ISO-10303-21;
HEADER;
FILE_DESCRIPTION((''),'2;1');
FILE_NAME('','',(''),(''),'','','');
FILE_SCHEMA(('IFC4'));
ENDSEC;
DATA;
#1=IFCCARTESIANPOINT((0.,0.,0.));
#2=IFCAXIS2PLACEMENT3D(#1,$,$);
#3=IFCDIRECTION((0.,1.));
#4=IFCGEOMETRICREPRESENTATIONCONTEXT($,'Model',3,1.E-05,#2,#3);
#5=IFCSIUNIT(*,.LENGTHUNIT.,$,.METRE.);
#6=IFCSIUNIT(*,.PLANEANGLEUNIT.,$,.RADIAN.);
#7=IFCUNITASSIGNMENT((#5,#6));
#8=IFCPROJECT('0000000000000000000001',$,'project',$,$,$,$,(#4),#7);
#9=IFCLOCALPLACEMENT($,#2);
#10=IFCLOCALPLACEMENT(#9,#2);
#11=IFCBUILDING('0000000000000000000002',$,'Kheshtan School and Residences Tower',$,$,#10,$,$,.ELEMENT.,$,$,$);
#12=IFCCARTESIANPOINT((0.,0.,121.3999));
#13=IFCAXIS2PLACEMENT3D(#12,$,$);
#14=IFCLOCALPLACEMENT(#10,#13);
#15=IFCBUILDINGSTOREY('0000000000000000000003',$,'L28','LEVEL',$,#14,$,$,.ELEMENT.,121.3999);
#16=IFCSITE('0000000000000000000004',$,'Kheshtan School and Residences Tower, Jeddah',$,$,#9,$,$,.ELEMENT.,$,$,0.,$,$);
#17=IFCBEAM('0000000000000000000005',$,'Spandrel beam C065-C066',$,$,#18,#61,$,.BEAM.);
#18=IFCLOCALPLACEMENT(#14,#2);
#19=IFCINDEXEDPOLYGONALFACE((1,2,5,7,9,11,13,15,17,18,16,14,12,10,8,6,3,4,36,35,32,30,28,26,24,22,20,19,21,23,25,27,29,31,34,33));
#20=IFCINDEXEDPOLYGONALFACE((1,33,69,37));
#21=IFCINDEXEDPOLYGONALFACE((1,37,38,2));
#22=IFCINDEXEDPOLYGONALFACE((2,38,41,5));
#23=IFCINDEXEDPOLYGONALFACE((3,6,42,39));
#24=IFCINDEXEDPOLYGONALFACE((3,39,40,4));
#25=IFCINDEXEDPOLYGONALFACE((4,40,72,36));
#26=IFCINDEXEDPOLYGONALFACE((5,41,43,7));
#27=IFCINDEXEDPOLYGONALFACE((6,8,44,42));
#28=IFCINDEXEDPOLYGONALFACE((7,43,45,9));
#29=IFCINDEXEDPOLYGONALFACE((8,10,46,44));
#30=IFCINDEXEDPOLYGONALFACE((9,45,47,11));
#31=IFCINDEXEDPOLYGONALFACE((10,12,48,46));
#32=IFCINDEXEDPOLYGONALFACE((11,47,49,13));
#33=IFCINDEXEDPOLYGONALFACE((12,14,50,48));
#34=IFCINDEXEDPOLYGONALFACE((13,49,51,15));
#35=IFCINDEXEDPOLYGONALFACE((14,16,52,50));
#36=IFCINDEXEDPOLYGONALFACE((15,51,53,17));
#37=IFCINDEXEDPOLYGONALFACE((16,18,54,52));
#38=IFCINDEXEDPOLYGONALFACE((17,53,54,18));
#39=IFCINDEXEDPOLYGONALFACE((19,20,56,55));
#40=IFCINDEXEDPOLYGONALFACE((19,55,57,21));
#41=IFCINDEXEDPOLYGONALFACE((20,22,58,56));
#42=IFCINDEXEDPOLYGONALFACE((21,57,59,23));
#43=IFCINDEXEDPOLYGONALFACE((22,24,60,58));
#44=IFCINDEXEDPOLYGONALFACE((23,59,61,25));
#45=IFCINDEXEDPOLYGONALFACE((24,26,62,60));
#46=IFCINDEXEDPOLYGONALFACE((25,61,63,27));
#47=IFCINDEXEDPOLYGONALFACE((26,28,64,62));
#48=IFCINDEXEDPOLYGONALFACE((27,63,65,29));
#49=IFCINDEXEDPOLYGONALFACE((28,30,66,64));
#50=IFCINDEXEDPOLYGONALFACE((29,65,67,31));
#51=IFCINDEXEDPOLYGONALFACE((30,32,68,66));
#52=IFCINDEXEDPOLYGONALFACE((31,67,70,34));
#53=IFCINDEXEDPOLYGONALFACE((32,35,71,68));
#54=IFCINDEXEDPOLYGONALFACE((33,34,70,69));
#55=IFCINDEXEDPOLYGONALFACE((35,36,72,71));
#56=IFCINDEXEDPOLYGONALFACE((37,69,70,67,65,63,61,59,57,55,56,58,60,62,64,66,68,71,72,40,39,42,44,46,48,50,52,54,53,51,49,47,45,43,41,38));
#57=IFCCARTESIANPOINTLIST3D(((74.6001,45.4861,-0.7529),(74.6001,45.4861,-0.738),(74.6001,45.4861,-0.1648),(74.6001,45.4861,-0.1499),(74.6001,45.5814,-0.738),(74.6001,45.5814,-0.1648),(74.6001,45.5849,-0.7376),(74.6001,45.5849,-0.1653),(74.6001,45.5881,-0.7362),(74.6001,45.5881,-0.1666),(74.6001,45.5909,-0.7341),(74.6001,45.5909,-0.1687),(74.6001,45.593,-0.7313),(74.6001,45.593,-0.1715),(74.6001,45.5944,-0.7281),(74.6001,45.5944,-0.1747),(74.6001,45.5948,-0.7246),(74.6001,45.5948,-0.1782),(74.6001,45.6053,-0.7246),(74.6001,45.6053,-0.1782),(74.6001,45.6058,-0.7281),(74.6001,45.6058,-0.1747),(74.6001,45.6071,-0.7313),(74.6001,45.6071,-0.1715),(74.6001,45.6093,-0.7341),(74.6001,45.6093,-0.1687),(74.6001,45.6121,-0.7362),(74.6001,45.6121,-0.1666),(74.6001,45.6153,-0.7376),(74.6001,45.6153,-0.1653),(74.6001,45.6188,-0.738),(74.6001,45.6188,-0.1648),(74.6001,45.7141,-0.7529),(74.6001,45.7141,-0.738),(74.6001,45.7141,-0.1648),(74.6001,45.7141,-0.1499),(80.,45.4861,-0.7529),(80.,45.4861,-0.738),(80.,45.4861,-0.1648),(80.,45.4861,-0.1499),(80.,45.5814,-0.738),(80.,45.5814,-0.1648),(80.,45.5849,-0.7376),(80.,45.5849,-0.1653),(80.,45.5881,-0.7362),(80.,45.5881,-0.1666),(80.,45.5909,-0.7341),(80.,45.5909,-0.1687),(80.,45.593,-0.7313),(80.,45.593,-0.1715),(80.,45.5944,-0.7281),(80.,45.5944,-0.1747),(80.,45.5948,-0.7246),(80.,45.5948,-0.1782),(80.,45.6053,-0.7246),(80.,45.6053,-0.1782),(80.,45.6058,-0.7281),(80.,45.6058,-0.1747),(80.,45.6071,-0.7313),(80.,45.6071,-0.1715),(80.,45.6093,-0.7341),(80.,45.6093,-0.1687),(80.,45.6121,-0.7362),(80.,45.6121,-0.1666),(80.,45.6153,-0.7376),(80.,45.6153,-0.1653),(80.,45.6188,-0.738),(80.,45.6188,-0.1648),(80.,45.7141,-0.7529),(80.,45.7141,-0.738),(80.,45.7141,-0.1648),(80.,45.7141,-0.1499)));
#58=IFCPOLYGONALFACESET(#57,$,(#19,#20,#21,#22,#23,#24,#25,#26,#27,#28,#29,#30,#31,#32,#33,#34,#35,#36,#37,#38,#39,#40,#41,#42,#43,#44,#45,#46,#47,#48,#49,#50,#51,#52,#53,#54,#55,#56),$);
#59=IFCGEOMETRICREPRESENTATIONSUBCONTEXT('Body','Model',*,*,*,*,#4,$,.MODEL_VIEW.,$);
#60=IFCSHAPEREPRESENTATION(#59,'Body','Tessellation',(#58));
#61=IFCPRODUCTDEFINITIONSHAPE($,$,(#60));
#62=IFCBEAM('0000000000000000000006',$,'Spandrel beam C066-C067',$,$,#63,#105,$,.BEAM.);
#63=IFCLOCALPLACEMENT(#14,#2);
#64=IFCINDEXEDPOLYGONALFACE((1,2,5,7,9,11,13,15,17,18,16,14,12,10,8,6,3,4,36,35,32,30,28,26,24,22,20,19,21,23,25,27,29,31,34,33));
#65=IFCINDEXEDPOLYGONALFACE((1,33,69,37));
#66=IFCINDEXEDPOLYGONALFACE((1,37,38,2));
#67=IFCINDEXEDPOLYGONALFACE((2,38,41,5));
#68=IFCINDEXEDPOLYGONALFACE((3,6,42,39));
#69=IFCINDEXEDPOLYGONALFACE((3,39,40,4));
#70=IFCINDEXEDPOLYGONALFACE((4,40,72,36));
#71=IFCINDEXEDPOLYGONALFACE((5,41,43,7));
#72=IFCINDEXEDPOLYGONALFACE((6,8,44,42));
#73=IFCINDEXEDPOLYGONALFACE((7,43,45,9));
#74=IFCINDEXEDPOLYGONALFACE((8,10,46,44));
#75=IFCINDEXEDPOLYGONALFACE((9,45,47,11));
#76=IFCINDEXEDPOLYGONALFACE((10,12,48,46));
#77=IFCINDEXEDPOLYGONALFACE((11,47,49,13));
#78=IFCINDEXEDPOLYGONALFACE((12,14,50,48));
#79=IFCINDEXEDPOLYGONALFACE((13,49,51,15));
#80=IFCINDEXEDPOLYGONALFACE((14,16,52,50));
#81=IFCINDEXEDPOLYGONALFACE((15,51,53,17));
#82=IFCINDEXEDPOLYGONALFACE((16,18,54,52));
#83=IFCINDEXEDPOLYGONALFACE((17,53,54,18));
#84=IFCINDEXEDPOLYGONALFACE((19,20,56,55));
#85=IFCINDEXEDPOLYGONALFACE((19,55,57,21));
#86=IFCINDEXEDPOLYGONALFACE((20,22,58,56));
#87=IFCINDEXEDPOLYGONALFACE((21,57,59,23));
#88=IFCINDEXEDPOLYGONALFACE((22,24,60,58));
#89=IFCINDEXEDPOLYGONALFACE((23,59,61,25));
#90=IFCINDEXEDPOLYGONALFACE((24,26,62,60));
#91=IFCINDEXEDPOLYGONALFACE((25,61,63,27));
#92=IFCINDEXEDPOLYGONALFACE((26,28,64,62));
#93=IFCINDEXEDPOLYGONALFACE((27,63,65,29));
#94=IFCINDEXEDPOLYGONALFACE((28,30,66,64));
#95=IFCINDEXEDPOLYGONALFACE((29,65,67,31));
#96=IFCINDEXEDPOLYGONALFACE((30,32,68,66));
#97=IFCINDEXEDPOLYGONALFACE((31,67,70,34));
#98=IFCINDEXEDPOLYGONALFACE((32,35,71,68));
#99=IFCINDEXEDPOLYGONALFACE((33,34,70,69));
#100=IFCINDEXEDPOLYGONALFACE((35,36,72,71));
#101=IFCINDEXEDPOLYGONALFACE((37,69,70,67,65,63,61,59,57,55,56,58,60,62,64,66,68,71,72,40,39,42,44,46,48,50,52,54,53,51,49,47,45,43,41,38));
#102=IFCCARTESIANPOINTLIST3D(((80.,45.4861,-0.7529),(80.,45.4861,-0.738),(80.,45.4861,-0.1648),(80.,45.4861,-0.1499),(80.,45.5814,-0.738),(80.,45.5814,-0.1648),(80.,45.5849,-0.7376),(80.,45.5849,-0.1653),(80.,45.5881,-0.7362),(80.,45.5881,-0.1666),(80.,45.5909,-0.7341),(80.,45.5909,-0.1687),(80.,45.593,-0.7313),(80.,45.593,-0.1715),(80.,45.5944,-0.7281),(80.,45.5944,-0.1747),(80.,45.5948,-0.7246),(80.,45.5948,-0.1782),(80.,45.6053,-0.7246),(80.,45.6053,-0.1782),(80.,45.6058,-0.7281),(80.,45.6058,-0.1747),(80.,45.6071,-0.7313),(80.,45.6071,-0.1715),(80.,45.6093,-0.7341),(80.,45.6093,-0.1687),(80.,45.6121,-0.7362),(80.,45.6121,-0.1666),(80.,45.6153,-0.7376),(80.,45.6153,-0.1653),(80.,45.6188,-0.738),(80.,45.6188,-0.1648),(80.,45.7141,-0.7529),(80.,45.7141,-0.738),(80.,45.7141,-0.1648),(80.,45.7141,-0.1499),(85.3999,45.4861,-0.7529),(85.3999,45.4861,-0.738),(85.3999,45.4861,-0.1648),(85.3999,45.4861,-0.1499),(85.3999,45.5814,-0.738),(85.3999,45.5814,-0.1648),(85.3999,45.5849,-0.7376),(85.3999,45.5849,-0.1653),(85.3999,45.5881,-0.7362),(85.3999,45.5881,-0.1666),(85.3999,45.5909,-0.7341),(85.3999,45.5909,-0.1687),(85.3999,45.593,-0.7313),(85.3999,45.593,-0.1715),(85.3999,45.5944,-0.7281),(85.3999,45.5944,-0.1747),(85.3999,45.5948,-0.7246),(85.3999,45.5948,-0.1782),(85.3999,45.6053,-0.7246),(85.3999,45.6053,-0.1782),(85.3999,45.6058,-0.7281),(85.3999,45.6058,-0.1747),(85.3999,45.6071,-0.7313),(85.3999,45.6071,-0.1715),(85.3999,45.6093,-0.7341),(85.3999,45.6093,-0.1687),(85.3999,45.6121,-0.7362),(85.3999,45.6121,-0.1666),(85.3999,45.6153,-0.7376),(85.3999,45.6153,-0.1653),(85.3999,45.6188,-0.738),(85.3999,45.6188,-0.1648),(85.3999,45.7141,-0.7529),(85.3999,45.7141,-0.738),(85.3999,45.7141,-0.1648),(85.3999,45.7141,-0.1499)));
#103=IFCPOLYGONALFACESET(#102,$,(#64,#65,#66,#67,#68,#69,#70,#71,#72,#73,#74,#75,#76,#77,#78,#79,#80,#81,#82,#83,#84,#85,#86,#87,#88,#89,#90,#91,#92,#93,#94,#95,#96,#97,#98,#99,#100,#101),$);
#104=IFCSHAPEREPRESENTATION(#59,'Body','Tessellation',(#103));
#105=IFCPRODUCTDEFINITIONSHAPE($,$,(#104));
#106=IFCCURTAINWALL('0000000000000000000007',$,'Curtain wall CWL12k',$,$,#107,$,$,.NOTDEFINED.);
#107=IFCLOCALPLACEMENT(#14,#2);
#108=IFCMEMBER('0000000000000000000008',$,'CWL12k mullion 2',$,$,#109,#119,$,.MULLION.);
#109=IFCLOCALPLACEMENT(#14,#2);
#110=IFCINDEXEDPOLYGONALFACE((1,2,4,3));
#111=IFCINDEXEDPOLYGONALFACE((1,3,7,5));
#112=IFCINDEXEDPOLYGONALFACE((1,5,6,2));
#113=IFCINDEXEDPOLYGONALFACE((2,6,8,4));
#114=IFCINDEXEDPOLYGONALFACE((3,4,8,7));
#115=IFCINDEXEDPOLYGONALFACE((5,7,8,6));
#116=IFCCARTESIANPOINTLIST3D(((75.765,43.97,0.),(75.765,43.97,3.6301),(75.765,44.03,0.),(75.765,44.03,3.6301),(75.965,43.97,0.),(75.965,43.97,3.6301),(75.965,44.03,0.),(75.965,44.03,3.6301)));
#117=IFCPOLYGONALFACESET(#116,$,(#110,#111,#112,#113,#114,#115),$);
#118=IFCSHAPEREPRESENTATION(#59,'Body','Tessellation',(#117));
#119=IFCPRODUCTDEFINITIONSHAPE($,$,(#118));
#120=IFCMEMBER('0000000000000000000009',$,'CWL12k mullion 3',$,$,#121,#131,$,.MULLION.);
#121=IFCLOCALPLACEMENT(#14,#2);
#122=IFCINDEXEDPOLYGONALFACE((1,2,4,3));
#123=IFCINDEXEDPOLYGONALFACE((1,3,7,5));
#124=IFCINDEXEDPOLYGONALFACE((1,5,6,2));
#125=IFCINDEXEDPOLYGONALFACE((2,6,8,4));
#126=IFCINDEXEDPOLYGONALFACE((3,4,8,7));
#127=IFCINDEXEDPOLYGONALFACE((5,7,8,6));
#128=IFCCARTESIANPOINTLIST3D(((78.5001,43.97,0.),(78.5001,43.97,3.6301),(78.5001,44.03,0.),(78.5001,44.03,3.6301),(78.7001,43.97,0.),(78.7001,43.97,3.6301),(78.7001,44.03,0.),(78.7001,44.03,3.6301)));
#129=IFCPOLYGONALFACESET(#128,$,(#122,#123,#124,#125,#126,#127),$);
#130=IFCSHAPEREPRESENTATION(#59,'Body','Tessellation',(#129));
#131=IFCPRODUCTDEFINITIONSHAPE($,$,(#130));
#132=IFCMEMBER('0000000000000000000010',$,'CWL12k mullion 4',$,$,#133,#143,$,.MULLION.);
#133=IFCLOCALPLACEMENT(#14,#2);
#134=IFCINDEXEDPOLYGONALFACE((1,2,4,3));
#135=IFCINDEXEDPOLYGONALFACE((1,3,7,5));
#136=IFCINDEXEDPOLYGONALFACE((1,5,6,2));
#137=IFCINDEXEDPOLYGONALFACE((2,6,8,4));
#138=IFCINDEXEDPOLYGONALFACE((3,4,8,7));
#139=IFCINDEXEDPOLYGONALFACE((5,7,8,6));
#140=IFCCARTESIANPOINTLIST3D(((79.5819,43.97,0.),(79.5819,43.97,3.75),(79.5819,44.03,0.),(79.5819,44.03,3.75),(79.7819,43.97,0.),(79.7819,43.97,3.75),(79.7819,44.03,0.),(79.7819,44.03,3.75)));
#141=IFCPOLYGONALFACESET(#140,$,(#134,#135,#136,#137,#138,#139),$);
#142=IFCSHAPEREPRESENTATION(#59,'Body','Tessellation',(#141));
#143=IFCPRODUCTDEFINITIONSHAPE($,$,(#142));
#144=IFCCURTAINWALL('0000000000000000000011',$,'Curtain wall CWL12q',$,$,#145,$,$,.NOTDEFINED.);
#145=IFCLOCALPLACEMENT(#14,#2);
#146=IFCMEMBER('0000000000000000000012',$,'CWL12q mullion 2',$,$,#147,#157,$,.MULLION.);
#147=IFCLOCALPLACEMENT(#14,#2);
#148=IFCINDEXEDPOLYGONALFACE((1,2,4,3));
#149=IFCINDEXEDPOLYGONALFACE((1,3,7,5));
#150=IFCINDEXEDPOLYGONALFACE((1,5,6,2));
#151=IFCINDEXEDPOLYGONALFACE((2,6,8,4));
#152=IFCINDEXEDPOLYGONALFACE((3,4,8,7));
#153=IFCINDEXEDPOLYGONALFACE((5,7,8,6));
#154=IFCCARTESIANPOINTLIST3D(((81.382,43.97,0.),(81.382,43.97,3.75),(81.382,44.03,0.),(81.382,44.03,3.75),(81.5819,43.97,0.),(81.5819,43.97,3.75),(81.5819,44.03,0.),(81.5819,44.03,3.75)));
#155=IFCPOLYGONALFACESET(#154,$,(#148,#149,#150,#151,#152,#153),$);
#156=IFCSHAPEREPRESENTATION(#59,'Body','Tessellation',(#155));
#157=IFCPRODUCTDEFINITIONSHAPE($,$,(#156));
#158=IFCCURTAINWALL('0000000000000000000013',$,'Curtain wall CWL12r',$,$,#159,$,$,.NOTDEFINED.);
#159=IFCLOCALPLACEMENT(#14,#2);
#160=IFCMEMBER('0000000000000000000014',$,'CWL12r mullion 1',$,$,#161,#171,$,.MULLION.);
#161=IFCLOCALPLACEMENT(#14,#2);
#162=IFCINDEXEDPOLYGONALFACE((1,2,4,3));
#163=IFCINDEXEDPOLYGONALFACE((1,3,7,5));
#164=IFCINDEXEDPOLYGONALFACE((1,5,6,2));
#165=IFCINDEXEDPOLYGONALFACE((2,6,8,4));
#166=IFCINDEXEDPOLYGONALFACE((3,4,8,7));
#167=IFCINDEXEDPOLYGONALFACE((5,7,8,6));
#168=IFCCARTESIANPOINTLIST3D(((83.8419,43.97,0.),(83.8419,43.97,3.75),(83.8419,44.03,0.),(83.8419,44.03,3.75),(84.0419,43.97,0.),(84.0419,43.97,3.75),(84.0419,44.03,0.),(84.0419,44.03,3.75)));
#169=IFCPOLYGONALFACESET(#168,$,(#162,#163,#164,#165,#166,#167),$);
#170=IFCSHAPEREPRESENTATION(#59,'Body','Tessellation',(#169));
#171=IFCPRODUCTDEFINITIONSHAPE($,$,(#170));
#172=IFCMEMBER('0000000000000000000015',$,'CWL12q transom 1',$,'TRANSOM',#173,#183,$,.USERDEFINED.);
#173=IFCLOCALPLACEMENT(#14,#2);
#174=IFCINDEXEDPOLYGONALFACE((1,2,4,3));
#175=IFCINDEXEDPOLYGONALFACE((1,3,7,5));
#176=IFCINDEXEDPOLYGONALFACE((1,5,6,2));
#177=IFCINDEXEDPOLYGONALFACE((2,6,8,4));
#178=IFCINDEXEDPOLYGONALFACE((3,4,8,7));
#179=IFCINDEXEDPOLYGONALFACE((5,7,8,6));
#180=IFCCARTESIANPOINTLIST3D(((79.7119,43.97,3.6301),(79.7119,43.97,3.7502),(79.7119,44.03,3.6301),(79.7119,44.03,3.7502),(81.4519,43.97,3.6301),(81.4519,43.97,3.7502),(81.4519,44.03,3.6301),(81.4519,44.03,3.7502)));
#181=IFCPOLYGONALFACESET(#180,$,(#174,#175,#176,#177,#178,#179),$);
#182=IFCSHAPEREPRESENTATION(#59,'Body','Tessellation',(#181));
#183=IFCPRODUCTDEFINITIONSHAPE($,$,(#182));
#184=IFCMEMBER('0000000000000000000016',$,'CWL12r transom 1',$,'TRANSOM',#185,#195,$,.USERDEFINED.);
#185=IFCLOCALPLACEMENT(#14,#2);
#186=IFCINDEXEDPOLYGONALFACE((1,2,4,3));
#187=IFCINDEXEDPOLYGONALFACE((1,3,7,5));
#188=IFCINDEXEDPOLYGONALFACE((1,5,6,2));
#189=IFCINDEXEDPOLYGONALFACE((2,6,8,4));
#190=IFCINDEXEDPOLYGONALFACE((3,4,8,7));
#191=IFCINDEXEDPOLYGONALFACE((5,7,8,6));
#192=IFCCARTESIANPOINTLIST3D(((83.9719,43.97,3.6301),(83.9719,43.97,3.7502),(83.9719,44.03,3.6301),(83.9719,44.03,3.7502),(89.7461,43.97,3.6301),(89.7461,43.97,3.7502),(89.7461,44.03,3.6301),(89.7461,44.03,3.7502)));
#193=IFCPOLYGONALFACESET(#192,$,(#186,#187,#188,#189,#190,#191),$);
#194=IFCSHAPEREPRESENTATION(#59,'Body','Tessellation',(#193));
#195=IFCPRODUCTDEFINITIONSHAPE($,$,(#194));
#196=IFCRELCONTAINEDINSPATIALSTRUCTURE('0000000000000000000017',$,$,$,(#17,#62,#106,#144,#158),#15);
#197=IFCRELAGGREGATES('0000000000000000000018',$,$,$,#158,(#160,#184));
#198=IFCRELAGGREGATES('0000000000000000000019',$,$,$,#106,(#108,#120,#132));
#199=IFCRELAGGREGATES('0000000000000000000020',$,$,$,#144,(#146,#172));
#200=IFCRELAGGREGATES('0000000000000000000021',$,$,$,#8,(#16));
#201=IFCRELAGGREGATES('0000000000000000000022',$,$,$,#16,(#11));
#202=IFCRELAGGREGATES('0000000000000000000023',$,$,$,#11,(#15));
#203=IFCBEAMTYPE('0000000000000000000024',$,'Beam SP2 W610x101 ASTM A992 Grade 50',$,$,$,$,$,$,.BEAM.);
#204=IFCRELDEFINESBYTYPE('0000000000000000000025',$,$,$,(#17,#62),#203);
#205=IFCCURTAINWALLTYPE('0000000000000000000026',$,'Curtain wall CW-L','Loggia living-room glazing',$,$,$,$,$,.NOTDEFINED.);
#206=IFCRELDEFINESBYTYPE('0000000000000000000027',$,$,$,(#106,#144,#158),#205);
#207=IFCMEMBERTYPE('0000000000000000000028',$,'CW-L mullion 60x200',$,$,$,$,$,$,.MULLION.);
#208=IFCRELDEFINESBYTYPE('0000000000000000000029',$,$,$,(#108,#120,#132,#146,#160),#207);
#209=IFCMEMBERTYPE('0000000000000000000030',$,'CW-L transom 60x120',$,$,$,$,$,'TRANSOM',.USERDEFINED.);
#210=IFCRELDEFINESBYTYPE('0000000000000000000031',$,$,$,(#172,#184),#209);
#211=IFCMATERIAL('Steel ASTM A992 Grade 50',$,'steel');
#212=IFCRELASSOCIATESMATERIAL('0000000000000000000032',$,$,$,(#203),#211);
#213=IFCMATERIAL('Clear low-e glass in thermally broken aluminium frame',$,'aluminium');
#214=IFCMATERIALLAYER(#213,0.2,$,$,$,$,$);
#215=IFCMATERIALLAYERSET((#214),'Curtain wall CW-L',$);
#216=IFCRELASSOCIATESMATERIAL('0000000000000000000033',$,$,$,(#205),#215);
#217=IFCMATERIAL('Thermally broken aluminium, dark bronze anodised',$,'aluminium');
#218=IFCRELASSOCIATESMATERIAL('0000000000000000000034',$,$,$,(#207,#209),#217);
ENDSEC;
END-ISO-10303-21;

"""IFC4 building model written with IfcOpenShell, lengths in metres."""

from ifc_helpers import new_model, si_unit, direction, frame, origin, origin_2d, place, context, subcontext, project, spatial, rectangle, i_section, extrude, material, layer, layer_set, material_profile, profile_set, type_object, element, aggregate, save


model = new_model("IFC4")

# Units and contexts
model_context = context("Model", 3, precision=1e-05, world=origin(), true_north=direction((0.0, 1.0)))
body_context = subcontext(model_context, "Body", "Model", "MODEL_VIEW")
ifc_project = project(units=[si_unit("LENGTHUNIT", "METRE"), si_unit("PLANEANGLEUNIT", "RADIAN")], contexts=[model_context])

# Site, building, storey
site_placement = place(None, origin())
site = spatial("IfcSite", under=ifc_project, at=site_placement, Name="Kheshtan School and Residences Tower, Jeddah", CompositionType="ELEMENT", RefElevation=0.0)
building_placement = place(site_placement, origin())
building = spatial("IfcBuilding", under=site, at=building_placement, Name="Kheshtan School and Residences Tower", CompositionType="ELEMENT")
storey_placement = place(building_placement, frame((0.0, 0.0, 121.3999)))
storey = spatial("IfcBuildingStorey", under=building, at=storey_placement, Name="L28", Description="LEVEL", CompositionType="ELEMENT", Elevation=121.3999)

# Shared definitions
ifc_material_1 = material(Name="Steel ASTM A992 Grade 50", Category="steel")

# Beams
ifc_material_profile_1 = material_profile(ifc_material_1, i_section(OverallWidth=0.228, OverallDepth=0.603, WebThickness=0.0105, FlangeThickness=0.0149, FilletRadius=0.0134, at=origin_2d()), Name="W610x101")
ifc_profile_set_1 = profile_set([ifc_material_profile_1], Name="Steel ASTM A992 Grade 50")
beam_type_1 = type_object("IfcBeamType", Name="Beam SP2 W610x101 ASTM A992 Grade 50", PredefinedType="BEAM", material=ifc_profile_set_1)
for number, where, z_axis, x_axis, name in (
    (1, (74.6001, 45.6001, -0.4514), (1.0, 0.0, 0.0), (0.0, 1.0, 0.0), "Spandrel beam C065-C066"),
    (2, (80.0, 45.6001, -0.4514), (1.0, 0.0, 0.0), (0.0, 1.0, 0.0), "Spandrel beam C066-C067"),
):
    element("IfcBeam", number, at=place(storey_placement, frame(where, z_axis=z_axis, x_axis=x_axis)), inside=storey, type_object=beam_type_1, Name=name, PredefinedType="BEAM", context=body_context, shape_type="SweptSolid", body=[
        extrude(i_section(OverallWidth=0.228, OverallDepth=0.603, WebThickness=0.0105, FlangeThickness=0.0149, FilletRadius=0.0134, at=origin_2d()), origin(), (0.0, 0.0, 1.0), 5.3999),
    ])

# Curtain wall, members
ifc_material_2 = material(Name="Clear low-e glass in thermally broken aluminium frame", Category="aluminium")
ifc_layer_1 = layer(ifc_material_2, 0.2)
ifc_layer_set_1 = layer_set([ifc_layer_1], Name="Curtain wall CW-L")
curtain_wall_type = type_object("IfcCurtainWallType", Name="Curtain wall CW-L", Description="Loggia living-room glazing", PredefinedType="NOTDEFINED", material=ifc_layer_set_1)
curtain_wall_1_placement = place(storey_placement, origin())
curtain_wall_1 = element("IfcCurtainWall", 3, at=curtain_wall_1_placement, inside=storey, type_object=curtain_wall_type, Name="Curtain wall CWL12k", PredefinedType="NOTDEFINED")
ifc_material_3 = material(Name="Thermally broken aluminium, dark bronze anodised", Category="aluminium")
ifc_material_profile_2 = material_profile(ifc_material_3, rectangle(XDim=0.0601, YDim=0.2, at=origin_2d()), Name="CW-L mullion 60x200")
ifc_profile_set_2 = profile_set([ifc_material_profile_2], Name="Thermally broken aluminium, dark bronze anodised")
member_type_1 = type_object("IfcMemberType", Name="CW-L mullion 60x200", PredefinedType="MULLION", material=ifc_profile_set_2)
member_1_placement = place(storey_placement, frame((75.865, 44.0, 0.0), z_axis=(0.0, 0.0, 1.0), x_axis=(0.0, 1.0, 0.0)))
member_1 = element("IfcMember", 4, at=member_1_placement, type_object=member_type_1, Name="CWL12k mullion 2", PredefinedType="MULLION", context=body_context, shape_type="SweptSolid", body=[
    extrude(rectangle(XDim=0.0601, YDim=0.2, at=origin_2d()), origin(), (0.0, 0.0, 1.0), 3.6301),
])
member_2_placement = place(storey_placement, frame((78.6001, 44.0, 0.0), z_axis=(0.0, 0.0, 1.0), x_axis=(0.0, 1.0, 0.0)))
member_2 = element("IfcMember", 5, at=member_2_placement, type_object=member_type_1, Name="CWL12k mullion 3", PredefinedType="MULLION", context=body_context, shape_type="SweptSolid", body=[
    extrude(rectangle(XDim=0.0601, YDim=0.2, at=origin_2d()), origin(), (0.0, 0.0, 1.0), 3.6301),
])
member_3_placement = place(storey_placement, frame((79.6819, 44.0, 0.0), z_axis=(0.0, 0.0, 1.0), x_axis=(0.0, 1.0, 0.0)))
member_3 = element("IfcMember", 6, at=member_3_placement, type_object=member_type_1, Name="CWL12k mullion 4", PredefinedType="MULLION", context=body_context, shape_type="SweptSolid", body=[
    extrude(rectangle(XDim=0.0601, YDim=0.2, at=origin_2d()), origin(), (0.0, 0.0, 1.0), 3.75),
])

# Curtain walls, members
curtain_wall_2_placement = place(storey_placement, origin())
curtain_wall_2 = element("IfcCurtainWall", 7, at=curtain_wall_2_placement, inside=storey, type_object=curtain_wall_type, Name="Curtain wall CWL12q", PredefinedType="NOTDEFINED")
member_4_placement = place(storey_placement, frame((81.4819, 44.0, 0.0), z_axis=(0.0, 0.0, 1.0), x_axis=(0.0, 1.0, 0.0)))
member_4 = element("IfcMember", 8, at=member_4_placement, type_object=member_type_1, Name="CWL12q mullion 2", PredefinedType="MULLION", context=body_context, shape_type="SweptSolid", body=[
    extrude(rectangle(XDim=0.0601, YDim=0.2, at=origin_2d()), origin(), (0.0, 0.0, 1.0), 3.75),
])
curtain_wall_3_placement = place(storey_placement, origin())
curtain_wall_3 = element("IfcCurtainWall", 9, at=curtain_wall_3_placement, inside=storey, type_object=curtain_wall_type, Name="Curtain wall CWL12r", PredefinedType="NOTDEFINED")
member_5_placement = place(storey_placement, frame((83.9419, 44.0, 0.0), z_axis=(0.0, 0.0, 1.0), x_axis=(0.0, 1.0, 0.0)))
member_5 = element("IfcMember", 10, at=member_5_placement, type_object=member_type_1, Name="CWL12r mullion 1", PredefinedType="MULLION", context=body_context, shape_type="SweptSolid", body=[
    extrude(rectangle(XDim=0.0601, YDim=0.2, at=origin_2d()), origin(), (0.0, 0.0, 1.0), 3.75),
])

# Members
ifc_material_profile_3 = material_profile(ifc_material_3, rectangle(XDim=0.0601, YDim=0.1201, at=origin_2d()), Name="CW-L transom 60x120")
ifc_profile_set_3 = profile_set([ifc_material_profile_3], Name="Thermally broken aluminium, dark bronze anodised")
member_type_2 = type_object("IfcMemberType", Name="CW-L transom 60x120", ElementType="TRANSOM", PredefinedType="USERDEFINED", material=ifc_profile_set_3)
member_6_placement = place(storey_placement, frame((79.7119, 44.0, 3.6902), z_axis=(1.0, 0.0, 0.0), x_axis=(0.0, 1.0, 0.0)))
member_6 = element("IfcMember", 11, at=member_6_placement, type_object=member_type_2, Name="CWL12q transom 1", ObjectType="TRANSOM", PredefinedType="USERDEFINED", context=body_context, shape_type="SweptSolid", body=[
    extrude(rectangle(XDim=0.0601, YDim=0.1201, at=origin_2d()), origin(), (0.0, 0.0, 1.0), 1.74),
])
member_7_placement = place(storey_placement, frame((83.9719, 44.0, 3.6902), z_axis=(1.0, 0.0, 0.0), x_axis=(0.0, 1.0, 0.0)))
member_7 = element("IfcMember", 12, at=member_7_placement, type_object=member_type_2, Name="CWL12r transom 1", ObjectType="TRANSOM", PredefinedType="USERDEFINED", context=body_context, shape_type="SweptSolid", body=[
    extrude(rectangle(XDim=0.0601, YDim=0.1201, at=origin_2d()), origin(), (0.0, 0.0, 1.0), 5.7742),
])
aggregate(curtain_wall_3, [member_5, member_7])

aggregate(curtain_wall_1, [member_1, member_2, member_3])
aggregate(curtain_wall_2, [member_4, member_6])

save(model, "model.ifc")
